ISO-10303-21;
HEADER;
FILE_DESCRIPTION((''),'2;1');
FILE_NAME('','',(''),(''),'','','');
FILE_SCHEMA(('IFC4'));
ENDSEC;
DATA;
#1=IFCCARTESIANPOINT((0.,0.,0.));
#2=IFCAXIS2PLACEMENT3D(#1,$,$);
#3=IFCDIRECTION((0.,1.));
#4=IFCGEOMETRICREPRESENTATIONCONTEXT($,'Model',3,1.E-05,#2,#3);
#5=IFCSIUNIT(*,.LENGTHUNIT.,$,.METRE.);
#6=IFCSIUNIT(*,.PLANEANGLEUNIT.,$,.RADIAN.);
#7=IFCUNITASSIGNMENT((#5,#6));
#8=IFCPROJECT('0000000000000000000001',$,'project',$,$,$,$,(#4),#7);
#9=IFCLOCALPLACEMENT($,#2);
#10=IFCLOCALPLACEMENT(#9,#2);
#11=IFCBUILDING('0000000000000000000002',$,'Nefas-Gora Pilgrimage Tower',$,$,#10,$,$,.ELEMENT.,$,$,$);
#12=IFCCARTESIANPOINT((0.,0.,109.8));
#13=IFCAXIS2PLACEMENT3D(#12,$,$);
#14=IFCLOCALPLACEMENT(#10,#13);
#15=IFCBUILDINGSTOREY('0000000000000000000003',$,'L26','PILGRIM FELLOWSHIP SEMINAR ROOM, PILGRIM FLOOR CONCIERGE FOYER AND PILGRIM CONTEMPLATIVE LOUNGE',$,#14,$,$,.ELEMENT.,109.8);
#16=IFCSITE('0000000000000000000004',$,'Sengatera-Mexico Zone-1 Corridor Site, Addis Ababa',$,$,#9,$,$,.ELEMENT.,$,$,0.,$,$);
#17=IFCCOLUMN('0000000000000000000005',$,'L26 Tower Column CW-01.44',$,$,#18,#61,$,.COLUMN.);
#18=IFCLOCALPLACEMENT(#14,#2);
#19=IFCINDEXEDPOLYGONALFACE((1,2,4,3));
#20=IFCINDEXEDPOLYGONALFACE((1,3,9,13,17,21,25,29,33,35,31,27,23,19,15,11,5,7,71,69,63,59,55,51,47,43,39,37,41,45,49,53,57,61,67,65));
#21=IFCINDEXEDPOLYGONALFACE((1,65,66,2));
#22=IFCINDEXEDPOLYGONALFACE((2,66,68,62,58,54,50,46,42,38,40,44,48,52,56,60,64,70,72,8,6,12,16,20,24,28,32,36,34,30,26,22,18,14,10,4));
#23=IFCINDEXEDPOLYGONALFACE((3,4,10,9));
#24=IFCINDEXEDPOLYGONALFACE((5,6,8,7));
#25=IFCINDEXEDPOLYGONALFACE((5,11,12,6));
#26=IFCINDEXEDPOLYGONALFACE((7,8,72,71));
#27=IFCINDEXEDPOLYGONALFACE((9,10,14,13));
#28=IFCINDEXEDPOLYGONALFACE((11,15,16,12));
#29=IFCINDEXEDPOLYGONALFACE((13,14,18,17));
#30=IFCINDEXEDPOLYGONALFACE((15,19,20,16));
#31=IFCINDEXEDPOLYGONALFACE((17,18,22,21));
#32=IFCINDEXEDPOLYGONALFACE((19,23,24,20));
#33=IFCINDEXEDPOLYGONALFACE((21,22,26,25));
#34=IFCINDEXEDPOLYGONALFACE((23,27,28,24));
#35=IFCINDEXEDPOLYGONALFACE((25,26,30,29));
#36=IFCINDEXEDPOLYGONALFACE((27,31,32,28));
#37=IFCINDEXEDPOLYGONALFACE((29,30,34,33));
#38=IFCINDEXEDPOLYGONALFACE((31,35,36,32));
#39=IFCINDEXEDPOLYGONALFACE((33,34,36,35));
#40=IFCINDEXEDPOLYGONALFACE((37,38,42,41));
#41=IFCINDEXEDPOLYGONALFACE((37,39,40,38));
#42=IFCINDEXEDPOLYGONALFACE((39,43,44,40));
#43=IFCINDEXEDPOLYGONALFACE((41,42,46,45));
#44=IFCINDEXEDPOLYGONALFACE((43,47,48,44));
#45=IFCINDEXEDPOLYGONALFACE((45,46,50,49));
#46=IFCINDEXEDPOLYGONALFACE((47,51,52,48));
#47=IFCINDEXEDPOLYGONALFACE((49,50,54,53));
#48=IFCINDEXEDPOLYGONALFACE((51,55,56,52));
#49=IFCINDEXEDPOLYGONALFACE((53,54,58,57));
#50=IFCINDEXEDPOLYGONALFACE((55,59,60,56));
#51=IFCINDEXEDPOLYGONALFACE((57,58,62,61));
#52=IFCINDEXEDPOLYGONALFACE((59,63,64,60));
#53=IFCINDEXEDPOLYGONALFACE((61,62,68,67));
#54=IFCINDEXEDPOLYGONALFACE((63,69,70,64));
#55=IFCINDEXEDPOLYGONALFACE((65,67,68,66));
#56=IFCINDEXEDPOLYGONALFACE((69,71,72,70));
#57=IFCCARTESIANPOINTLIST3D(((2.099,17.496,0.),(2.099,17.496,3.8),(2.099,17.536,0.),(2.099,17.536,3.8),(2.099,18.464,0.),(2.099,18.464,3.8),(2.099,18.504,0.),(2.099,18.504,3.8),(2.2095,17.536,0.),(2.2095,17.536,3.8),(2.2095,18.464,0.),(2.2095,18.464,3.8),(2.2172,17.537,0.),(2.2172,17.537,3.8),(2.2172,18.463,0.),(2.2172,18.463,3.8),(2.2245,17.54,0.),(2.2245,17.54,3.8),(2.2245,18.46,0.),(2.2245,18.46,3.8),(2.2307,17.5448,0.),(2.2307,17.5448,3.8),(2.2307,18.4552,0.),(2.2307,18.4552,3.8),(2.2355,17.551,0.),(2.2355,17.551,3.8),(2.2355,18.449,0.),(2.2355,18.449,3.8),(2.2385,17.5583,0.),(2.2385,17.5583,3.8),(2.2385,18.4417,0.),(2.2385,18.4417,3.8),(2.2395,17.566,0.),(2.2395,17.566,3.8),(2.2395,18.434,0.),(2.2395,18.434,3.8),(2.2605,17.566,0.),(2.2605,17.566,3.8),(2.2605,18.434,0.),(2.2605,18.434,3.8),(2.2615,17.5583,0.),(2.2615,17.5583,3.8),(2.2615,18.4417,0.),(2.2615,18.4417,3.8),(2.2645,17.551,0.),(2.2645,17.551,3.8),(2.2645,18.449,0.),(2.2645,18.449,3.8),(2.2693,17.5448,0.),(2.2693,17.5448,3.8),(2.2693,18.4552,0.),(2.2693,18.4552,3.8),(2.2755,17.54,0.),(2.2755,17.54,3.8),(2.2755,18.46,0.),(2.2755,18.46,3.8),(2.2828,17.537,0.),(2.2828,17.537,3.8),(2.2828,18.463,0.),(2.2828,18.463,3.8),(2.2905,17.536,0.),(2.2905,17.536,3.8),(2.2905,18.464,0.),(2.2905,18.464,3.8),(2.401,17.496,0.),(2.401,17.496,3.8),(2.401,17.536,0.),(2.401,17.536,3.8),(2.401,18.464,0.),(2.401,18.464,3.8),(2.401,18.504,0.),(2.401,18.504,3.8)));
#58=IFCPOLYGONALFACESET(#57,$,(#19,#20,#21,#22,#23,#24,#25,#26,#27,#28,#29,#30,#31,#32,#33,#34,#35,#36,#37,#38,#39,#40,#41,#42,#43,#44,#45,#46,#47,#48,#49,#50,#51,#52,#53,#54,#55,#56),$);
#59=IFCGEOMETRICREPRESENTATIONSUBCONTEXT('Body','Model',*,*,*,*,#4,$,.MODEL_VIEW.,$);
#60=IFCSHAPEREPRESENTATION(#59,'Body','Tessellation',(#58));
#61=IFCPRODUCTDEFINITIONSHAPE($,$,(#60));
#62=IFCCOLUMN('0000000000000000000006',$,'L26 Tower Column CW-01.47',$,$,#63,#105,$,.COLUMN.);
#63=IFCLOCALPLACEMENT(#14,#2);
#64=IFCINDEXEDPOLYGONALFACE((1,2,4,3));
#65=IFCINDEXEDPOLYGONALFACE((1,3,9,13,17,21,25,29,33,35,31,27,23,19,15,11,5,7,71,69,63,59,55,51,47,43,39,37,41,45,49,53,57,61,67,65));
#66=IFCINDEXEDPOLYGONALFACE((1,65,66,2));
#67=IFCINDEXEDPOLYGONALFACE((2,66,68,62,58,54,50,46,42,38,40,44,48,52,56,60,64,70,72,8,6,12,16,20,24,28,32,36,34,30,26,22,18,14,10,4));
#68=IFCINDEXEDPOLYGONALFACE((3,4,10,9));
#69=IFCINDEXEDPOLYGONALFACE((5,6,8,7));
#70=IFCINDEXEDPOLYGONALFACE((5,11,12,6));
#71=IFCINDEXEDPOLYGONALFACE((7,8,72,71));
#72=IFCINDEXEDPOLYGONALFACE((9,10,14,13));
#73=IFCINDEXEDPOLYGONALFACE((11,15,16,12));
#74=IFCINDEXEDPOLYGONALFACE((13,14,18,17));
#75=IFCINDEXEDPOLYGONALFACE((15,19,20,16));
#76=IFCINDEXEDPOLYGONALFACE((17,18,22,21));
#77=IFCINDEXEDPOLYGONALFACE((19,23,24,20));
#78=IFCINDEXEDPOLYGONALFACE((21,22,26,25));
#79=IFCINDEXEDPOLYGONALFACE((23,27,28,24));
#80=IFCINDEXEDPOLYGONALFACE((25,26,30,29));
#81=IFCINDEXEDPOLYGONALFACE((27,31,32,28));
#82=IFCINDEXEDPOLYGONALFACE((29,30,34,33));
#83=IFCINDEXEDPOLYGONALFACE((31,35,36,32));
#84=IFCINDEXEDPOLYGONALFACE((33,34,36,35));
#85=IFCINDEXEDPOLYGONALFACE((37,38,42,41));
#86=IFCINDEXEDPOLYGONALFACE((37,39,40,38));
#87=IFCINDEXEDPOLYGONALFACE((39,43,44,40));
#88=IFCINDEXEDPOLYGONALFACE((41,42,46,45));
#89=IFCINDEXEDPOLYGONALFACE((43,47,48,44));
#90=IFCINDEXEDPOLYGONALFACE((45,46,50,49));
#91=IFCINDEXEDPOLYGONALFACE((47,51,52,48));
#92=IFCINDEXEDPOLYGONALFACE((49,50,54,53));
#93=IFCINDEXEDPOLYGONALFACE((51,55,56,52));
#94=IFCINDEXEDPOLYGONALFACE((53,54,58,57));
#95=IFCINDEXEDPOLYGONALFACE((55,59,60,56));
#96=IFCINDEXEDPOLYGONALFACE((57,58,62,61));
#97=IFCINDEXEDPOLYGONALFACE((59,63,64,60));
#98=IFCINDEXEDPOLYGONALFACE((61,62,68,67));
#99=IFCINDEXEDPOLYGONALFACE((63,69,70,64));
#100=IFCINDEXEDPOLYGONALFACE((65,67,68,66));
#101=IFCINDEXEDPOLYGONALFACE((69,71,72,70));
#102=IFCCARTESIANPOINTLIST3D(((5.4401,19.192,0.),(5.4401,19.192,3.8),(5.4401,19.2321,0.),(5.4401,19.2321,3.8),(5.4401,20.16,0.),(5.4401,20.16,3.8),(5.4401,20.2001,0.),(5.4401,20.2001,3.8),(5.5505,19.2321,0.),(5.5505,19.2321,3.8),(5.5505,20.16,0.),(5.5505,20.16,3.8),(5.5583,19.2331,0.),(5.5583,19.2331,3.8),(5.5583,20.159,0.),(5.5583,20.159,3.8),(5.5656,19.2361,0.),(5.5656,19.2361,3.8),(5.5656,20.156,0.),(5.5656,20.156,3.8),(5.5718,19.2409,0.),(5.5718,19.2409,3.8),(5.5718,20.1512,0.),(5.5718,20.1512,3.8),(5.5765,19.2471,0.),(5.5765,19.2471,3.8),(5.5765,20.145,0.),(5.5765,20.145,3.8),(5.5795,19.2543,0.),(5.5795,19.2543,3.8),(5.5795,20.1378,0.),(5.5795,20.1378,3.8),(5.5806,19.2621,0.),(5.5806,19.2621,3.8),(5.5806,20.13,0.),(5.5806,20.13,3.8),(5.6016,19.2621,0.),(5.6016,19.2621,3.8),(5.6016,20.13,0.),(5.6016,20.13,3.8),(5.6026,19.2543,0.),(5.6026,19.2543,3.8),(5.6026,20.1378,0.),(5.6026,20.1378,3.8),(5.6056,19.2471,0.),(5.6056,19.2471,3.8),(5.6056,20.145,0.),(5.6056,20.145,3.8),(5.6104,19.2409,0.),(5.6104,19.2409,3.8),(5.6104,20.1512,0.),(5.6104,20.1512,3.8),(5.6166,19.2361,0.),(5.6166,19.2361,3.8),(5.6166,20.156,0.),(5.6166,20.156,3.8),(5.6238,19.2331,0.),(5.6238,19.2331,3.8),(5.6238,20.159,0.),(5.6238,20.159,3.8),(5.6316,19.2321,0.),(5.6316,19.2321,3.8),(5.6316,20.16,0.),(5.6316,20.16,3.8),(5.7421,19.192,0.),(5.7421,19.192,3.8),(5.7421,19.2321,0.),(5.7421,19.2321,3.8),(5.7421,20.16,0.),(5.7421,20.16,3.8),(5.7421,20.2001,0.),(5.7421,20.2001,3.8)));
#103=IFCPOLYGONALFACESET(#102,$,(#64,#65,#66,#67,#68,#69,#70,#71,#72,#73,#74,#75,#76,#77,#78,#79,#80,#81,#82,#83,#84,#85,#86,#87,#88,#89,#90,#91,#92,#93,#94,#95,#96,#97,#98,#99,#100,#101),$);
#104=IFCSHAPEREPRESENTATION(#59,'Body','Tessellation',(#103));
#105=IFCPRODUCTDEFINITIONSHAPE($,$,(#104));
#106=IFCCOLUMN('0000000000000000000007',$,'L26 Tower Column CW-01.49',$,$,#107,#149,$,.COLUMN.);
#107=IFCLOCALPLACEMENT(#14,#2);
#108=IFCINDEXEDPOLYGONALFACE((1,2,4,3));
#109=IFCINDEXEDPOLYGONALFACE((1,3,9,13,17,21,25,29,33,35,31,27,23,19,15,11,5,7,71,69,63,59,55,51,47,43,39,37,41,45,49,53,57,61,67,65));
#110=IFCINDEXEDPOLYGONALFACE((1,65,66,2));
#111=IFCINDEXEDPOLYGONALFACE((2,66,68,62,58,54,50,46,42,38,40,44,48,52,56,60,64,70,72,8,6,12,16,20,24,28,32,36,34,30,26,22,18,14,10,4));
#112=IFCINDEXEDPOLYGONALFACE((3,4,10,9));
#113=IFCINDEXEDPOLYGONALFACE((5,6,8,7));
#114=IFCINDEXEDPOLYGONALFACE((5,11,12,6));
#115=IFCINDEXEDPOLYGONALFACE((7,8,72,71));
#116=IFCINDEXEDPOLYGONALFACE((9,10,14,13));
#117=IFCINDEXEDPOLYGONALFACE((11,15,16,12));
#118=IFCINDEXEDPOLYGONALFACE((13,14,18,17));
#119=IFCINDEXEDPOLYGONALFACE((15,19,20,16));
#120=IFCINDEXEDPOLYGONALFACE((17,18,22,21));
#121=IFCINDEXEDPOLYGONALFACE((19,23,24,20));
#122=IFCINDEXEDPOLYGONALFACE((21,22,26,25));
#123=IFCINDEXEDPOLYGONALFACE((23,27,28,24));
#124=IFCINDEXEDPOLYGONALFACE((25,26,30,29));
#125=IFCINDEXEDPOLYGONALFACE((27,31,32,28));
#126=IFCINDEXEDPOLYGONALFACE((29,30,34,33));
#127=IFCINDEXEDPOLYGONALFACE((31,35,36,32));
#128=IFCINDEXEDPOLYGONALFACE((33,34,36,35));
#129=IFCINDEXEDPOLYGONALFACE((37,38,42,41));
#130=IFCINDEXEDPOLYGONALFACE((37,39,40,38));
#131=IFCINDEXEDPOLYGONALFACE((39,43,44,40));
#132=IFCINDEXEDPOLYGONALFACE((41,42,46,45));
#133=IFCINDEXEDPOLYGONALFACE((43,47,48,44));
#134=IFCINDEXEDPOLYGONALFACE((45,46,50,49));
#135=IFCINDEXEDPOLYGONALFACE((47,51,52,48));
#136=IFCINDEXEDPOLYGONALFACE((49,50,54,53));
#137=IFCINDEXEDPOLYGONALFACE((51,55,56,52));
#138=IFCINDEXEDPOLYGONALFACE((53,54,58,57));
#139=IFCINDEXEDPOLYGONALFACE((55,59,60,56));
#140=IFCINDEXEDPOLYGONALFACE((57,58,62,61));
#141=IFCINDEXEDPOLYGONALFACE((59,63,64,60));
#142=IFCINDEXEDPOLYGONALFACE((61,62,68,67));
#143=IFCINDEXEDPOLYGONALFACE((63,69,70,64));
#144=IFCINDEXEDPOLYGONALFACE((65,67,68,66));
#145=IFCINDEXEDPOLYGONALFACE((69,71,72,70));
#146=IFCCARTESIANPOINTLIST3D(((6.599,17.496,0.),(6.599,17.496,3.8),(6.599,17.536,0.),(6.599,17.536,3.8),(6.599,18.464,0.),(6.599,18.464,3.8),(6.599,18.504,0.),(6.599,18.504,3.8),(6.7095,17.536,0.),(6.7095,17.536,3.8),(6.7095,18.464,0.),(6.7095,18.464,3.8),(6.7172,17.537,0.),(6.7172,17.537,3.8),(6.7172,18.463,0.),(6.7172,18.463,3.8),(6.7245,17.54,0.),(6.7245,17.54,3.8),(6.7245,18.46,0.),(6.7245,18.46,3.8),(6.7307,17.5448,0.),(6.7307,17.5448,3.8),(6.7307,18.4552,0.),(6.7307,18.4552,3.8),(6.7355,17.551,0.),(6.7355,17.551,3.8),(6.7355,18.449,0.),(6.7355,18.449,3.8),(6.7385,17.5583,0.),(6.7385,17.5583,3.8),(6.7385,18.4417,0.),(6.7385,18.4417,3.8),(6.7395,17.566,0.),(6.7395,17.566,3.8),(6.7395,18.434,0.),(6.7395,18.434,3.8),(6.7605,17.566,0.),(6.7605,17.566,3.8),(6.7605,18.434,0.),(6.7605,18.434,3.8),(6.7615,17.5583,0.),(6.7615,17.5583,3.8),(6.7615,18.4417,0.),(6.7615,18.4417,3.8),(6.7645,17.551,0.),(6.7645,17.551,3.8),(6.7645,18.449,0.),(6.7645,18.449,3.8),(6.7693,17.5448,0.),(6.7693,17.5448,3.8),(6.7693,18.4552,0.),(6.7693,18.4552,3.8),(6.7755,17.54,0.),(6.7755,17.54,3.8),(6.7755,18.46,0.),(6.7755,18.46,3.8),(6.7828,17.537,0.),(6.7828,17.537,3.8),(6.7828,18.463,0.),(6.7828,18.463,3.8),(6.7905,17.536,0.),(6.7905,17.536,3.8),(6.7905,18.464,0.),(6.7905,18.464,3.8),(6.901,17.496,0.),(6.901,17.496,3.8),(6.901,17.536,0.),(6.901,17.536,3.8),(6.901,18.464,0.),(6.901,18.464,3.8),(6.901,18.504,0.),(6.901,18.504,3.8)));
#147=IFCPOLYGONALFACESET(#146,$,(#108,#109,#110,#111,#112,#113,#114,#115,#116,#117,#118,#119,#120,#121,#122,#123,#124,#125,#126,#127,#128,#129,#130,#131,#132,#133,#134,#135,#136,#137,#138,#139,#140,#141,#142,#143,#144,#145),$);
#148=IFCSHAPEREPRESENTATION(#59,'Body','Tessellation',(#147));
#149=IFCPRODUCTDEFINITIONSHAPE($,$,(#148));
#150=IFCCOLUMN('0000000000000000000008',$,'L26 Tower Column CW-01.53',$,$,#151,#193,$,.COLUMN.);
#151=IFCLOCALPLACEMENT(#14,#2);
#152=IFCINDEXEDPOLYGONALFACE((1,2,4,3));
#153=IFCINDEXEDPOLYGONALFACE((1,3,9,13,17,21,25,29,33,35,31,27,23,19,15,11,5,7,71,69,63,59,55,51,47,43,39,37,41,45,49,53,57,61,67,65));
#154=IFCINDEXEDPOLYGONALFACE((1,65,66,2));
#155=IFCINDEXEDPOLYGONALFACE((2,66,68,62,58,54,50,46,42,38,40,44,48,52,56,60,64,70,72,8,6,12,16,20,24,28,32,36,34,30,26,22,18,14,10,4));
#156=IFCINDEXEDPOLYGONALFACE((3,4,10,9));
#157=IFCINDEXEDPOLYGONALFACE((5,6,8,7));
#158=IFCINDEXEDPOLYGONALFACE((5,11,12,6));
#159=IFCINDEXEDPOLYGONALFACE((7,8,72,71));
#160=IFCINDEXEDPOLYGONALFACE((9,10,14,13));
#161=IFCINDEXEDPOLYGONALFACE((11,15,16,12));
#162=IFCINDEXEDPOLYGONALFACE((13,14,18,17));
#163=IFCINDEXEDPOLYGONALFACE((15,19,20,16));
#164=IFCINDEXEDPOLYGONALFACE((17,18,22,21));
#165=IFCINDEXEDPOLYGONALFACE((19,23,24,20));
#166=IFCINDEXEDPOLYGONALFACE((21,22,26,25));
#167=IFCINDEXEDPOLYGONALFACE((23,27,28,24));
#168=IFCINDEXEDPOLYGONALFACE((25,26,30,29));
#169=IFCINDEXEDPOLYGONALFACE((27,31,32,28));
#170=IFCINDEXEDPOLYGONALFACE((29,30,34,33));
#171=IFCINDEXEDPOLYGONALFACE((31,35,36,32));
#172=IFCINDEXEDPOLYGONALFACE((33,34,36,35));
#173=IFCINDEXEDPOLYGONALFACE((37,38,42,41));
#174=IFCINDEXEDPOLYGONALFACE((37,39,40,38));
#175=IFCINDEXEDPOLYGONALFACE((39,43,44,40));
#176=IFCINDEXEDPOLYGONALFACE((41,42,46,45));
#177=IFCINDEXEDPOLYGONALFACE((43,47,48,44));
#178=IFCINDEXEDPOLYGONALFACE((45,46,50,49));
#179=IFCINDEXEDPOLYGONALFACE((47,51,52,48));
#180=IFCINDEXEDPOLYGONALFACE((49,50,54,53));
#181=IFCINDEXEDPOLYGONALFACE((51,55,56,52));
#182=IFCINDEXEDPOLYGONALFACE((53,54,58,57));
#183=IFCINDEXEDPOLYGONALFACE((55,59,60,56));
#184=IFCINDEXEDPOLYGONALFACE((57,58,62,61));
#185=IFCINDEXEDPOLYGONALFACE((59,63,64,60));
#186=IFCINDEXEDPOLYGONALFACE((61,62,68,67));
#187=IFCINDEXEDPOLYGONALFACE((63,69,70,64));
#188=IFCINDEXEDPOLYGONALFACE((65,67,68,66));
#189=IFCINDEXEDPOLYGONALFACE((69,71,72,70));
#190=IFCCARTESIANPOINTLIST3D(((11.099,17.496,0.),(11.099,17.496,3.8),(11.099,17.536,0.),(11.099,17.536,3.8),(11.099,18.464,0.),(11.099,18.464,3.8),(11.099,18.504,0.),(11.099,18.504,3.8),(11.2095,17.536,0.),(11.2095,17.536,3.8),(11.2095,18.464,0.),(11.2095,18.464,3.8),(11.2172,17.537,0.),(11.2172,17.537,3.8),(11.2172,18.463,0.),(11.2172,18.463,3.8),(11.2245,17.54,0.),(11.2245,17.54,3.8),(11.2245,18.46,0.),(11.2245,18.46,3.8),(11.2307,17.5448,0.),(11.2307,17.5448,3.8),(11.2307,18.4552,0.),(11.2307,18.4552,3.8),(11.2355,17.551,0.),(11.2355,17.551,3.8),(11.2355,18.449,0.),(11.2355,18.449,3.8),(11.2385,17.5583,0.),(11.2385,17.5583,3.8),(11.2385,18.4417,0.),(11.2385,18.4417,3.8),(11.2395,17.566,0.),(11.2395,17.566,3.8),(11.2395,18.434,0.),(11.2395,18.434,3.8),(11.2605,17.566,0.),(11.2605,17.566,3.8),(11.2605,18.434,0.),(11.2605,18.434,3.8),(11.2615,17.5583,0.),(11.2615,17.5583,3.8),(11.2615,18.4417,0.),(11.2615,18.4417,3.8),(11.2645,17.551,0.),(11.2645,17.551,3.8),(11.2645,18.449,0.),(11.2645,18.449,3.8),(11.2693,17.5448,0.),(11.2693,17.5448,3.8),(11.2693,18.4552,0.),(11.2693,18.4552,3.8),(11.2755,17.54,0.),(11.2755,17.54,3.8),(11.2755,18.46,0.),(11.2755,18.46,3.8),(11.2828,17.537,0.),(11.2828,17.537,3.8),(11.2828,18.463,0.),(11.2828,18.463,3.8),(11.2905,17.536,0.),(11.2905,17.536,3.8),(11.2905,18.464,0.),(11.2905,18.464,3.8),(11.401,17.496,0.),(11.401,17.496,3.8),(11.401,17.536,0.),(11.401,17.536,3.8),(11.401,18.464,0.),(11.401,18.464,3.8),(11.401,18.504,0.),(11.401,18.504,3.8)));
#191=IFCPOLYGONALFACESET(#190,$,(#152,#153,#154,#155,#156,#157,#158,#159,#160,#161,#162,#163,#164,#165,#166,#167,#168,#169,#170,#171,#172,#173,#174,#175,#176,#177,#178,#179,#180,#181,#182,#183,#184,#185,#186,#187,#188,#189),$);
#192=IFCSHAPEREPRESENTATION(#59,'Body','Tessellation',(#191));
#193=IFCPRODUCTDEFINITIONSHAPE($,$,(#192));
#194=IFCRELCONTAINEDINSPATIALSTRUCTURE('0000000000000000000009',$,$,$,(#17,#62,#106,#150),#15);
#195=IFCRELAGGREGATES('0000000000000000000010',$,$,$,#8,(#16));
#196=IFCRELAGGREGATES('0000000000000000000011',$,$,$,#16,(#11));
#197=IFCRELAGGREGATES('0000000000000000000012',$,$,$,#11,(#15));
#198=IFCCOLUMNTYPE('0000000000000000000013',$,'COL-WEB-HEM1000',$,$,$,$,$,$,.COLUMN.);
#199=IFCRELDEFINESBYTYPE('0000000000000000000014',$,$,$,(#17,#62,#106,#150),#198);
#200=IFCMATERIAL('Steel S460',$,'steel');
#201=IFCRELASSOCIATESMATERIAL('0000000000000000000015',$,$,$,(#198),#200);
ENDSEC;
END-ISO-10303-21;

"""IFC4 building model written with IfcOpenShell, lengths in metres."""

from ifc_helpers import new_model, si_unit, direction, frame, origin, origin_2d, place, context, subcontext, project, spatial, i_section, extrude, source, transform, mapped, material, material_profile, profile_set, type_object, element, save


model = new_model("IFC4")

# Units and contexts
model_context = context("Model", 3, precision=1e-05, world=origin(), true_north=direction((0.0, 1.0)))
body_context = subcontext(model_context, "Body", "Model", "MODEL_VIEW")
ifc_project = project(units=[si_unit("LENGTHUNIT", "METRE"), si_unit("PLANEANGLEUNIT", "RADIAN")], contexts=[model_context])

# Site, building, storey
site_placement = place(None, origin())
site = spatial("IfcSite", under=ifc_project, at=site_placement, Name="Sengatera-Mexico Zone-1 Corridor Site, Addis Ababa", CompositionType="ELEMENT", RefElevation=0.0)
building_placement = place(site_placement, origin())
building = spatial("IfcBuilding", under=site, at=building_placement, Name="Nefas-Gora Pilgrimage Tower", CompositionType="ELEMENT")
storey_placement = place(building_placement, frame((0.0, 0.0, 109.8)))
storey = spatial("IfcBuildingStorey", under=building, at=storey_placement, Name="L26", Description="PILGRIM FELLOWSHIP SEMINAR ROOM, PILGRIM FLOOR CONCIERGE FOYER AND PILGRIM CONTEMPLATIVE LOUNGE", CompositionType="ELEMENT", Elevation=109.8)

# Columns
ifc_material_1 = material(Name="Steel S460", Category="steel")
ifc_material_profile_1 = material_profile(ifc_material_1, i_section(OverallWidth=0.302, OverallDepth=1.0081, WebThickness=0.021, FlangeThickness=0.04, FilletRadius=0.03, at=origin_2d()), Name="HEM 1000")
ifc_profile_set_1 = profile_set([ifc_material_profile_1], Name="Steel S460")
column_type_1 = type_object("IfcColumnType", Name="COL-WEB-HEM1000", PredefinedType="COLUMN", material=ifc_profile_set_1)
shared_shape_1 = source(origin(), body_context, "Body", "SweptSolid", [
    extrude(i_section(OverallWidth=0.302, OverallDepth=1.0081, WebThickness=0.021, FlangeThickness=0.04, FilletRadius=0.03, at=origin_2d()), origin(), (0.0, 0.0, 1.0), 3.8),
])
for number, where, z_axis, x_axis, name in (
    (1, (2.25, 18.0, 0.0), (0.0, 0.0, 1.0), (1.0, 0.0, 0.0), "L26 Tower Column CW-01.44"),
    (2, (5.5911, 19.696, 0.0), (0.0, 0.0, 1.0), (1.0, 0.0, 0.0), "L26 Tower Column CW-01.47"),
    (3, (6.75, 18.0, 0.0), (0.0, 0.0, 1.0), (1.0, 0.0, 0.0), "L26 Tower Column CW-01.49"),
    (4, (11.25, 18.0, 0.0), (0.0, 0.0, 1.0), (1.0, 0.0, 0.0), "L26 Tower Column CW-01.53"),
):
    element("IfcColumn", number, at=place(storey_placement, frame(where, z_axis=z_axis, x_axis=x_axis)), inside=storey, type_object=column_type_1, Name=name, PredefinedType="COLUMN", context=body_context, shape_type="MappedRepresentation", body=[
        mapped(shared_shape_1, transform((0.0, 0.0, 0.0), x_axis=(1.0, 0.0, 0.0), y_axis=(0.0, 1.0, 0.0), z_axis=(0.0, 0.0, 1.0), scale=1.0)),
    ])

save(model, "model.ifc")
